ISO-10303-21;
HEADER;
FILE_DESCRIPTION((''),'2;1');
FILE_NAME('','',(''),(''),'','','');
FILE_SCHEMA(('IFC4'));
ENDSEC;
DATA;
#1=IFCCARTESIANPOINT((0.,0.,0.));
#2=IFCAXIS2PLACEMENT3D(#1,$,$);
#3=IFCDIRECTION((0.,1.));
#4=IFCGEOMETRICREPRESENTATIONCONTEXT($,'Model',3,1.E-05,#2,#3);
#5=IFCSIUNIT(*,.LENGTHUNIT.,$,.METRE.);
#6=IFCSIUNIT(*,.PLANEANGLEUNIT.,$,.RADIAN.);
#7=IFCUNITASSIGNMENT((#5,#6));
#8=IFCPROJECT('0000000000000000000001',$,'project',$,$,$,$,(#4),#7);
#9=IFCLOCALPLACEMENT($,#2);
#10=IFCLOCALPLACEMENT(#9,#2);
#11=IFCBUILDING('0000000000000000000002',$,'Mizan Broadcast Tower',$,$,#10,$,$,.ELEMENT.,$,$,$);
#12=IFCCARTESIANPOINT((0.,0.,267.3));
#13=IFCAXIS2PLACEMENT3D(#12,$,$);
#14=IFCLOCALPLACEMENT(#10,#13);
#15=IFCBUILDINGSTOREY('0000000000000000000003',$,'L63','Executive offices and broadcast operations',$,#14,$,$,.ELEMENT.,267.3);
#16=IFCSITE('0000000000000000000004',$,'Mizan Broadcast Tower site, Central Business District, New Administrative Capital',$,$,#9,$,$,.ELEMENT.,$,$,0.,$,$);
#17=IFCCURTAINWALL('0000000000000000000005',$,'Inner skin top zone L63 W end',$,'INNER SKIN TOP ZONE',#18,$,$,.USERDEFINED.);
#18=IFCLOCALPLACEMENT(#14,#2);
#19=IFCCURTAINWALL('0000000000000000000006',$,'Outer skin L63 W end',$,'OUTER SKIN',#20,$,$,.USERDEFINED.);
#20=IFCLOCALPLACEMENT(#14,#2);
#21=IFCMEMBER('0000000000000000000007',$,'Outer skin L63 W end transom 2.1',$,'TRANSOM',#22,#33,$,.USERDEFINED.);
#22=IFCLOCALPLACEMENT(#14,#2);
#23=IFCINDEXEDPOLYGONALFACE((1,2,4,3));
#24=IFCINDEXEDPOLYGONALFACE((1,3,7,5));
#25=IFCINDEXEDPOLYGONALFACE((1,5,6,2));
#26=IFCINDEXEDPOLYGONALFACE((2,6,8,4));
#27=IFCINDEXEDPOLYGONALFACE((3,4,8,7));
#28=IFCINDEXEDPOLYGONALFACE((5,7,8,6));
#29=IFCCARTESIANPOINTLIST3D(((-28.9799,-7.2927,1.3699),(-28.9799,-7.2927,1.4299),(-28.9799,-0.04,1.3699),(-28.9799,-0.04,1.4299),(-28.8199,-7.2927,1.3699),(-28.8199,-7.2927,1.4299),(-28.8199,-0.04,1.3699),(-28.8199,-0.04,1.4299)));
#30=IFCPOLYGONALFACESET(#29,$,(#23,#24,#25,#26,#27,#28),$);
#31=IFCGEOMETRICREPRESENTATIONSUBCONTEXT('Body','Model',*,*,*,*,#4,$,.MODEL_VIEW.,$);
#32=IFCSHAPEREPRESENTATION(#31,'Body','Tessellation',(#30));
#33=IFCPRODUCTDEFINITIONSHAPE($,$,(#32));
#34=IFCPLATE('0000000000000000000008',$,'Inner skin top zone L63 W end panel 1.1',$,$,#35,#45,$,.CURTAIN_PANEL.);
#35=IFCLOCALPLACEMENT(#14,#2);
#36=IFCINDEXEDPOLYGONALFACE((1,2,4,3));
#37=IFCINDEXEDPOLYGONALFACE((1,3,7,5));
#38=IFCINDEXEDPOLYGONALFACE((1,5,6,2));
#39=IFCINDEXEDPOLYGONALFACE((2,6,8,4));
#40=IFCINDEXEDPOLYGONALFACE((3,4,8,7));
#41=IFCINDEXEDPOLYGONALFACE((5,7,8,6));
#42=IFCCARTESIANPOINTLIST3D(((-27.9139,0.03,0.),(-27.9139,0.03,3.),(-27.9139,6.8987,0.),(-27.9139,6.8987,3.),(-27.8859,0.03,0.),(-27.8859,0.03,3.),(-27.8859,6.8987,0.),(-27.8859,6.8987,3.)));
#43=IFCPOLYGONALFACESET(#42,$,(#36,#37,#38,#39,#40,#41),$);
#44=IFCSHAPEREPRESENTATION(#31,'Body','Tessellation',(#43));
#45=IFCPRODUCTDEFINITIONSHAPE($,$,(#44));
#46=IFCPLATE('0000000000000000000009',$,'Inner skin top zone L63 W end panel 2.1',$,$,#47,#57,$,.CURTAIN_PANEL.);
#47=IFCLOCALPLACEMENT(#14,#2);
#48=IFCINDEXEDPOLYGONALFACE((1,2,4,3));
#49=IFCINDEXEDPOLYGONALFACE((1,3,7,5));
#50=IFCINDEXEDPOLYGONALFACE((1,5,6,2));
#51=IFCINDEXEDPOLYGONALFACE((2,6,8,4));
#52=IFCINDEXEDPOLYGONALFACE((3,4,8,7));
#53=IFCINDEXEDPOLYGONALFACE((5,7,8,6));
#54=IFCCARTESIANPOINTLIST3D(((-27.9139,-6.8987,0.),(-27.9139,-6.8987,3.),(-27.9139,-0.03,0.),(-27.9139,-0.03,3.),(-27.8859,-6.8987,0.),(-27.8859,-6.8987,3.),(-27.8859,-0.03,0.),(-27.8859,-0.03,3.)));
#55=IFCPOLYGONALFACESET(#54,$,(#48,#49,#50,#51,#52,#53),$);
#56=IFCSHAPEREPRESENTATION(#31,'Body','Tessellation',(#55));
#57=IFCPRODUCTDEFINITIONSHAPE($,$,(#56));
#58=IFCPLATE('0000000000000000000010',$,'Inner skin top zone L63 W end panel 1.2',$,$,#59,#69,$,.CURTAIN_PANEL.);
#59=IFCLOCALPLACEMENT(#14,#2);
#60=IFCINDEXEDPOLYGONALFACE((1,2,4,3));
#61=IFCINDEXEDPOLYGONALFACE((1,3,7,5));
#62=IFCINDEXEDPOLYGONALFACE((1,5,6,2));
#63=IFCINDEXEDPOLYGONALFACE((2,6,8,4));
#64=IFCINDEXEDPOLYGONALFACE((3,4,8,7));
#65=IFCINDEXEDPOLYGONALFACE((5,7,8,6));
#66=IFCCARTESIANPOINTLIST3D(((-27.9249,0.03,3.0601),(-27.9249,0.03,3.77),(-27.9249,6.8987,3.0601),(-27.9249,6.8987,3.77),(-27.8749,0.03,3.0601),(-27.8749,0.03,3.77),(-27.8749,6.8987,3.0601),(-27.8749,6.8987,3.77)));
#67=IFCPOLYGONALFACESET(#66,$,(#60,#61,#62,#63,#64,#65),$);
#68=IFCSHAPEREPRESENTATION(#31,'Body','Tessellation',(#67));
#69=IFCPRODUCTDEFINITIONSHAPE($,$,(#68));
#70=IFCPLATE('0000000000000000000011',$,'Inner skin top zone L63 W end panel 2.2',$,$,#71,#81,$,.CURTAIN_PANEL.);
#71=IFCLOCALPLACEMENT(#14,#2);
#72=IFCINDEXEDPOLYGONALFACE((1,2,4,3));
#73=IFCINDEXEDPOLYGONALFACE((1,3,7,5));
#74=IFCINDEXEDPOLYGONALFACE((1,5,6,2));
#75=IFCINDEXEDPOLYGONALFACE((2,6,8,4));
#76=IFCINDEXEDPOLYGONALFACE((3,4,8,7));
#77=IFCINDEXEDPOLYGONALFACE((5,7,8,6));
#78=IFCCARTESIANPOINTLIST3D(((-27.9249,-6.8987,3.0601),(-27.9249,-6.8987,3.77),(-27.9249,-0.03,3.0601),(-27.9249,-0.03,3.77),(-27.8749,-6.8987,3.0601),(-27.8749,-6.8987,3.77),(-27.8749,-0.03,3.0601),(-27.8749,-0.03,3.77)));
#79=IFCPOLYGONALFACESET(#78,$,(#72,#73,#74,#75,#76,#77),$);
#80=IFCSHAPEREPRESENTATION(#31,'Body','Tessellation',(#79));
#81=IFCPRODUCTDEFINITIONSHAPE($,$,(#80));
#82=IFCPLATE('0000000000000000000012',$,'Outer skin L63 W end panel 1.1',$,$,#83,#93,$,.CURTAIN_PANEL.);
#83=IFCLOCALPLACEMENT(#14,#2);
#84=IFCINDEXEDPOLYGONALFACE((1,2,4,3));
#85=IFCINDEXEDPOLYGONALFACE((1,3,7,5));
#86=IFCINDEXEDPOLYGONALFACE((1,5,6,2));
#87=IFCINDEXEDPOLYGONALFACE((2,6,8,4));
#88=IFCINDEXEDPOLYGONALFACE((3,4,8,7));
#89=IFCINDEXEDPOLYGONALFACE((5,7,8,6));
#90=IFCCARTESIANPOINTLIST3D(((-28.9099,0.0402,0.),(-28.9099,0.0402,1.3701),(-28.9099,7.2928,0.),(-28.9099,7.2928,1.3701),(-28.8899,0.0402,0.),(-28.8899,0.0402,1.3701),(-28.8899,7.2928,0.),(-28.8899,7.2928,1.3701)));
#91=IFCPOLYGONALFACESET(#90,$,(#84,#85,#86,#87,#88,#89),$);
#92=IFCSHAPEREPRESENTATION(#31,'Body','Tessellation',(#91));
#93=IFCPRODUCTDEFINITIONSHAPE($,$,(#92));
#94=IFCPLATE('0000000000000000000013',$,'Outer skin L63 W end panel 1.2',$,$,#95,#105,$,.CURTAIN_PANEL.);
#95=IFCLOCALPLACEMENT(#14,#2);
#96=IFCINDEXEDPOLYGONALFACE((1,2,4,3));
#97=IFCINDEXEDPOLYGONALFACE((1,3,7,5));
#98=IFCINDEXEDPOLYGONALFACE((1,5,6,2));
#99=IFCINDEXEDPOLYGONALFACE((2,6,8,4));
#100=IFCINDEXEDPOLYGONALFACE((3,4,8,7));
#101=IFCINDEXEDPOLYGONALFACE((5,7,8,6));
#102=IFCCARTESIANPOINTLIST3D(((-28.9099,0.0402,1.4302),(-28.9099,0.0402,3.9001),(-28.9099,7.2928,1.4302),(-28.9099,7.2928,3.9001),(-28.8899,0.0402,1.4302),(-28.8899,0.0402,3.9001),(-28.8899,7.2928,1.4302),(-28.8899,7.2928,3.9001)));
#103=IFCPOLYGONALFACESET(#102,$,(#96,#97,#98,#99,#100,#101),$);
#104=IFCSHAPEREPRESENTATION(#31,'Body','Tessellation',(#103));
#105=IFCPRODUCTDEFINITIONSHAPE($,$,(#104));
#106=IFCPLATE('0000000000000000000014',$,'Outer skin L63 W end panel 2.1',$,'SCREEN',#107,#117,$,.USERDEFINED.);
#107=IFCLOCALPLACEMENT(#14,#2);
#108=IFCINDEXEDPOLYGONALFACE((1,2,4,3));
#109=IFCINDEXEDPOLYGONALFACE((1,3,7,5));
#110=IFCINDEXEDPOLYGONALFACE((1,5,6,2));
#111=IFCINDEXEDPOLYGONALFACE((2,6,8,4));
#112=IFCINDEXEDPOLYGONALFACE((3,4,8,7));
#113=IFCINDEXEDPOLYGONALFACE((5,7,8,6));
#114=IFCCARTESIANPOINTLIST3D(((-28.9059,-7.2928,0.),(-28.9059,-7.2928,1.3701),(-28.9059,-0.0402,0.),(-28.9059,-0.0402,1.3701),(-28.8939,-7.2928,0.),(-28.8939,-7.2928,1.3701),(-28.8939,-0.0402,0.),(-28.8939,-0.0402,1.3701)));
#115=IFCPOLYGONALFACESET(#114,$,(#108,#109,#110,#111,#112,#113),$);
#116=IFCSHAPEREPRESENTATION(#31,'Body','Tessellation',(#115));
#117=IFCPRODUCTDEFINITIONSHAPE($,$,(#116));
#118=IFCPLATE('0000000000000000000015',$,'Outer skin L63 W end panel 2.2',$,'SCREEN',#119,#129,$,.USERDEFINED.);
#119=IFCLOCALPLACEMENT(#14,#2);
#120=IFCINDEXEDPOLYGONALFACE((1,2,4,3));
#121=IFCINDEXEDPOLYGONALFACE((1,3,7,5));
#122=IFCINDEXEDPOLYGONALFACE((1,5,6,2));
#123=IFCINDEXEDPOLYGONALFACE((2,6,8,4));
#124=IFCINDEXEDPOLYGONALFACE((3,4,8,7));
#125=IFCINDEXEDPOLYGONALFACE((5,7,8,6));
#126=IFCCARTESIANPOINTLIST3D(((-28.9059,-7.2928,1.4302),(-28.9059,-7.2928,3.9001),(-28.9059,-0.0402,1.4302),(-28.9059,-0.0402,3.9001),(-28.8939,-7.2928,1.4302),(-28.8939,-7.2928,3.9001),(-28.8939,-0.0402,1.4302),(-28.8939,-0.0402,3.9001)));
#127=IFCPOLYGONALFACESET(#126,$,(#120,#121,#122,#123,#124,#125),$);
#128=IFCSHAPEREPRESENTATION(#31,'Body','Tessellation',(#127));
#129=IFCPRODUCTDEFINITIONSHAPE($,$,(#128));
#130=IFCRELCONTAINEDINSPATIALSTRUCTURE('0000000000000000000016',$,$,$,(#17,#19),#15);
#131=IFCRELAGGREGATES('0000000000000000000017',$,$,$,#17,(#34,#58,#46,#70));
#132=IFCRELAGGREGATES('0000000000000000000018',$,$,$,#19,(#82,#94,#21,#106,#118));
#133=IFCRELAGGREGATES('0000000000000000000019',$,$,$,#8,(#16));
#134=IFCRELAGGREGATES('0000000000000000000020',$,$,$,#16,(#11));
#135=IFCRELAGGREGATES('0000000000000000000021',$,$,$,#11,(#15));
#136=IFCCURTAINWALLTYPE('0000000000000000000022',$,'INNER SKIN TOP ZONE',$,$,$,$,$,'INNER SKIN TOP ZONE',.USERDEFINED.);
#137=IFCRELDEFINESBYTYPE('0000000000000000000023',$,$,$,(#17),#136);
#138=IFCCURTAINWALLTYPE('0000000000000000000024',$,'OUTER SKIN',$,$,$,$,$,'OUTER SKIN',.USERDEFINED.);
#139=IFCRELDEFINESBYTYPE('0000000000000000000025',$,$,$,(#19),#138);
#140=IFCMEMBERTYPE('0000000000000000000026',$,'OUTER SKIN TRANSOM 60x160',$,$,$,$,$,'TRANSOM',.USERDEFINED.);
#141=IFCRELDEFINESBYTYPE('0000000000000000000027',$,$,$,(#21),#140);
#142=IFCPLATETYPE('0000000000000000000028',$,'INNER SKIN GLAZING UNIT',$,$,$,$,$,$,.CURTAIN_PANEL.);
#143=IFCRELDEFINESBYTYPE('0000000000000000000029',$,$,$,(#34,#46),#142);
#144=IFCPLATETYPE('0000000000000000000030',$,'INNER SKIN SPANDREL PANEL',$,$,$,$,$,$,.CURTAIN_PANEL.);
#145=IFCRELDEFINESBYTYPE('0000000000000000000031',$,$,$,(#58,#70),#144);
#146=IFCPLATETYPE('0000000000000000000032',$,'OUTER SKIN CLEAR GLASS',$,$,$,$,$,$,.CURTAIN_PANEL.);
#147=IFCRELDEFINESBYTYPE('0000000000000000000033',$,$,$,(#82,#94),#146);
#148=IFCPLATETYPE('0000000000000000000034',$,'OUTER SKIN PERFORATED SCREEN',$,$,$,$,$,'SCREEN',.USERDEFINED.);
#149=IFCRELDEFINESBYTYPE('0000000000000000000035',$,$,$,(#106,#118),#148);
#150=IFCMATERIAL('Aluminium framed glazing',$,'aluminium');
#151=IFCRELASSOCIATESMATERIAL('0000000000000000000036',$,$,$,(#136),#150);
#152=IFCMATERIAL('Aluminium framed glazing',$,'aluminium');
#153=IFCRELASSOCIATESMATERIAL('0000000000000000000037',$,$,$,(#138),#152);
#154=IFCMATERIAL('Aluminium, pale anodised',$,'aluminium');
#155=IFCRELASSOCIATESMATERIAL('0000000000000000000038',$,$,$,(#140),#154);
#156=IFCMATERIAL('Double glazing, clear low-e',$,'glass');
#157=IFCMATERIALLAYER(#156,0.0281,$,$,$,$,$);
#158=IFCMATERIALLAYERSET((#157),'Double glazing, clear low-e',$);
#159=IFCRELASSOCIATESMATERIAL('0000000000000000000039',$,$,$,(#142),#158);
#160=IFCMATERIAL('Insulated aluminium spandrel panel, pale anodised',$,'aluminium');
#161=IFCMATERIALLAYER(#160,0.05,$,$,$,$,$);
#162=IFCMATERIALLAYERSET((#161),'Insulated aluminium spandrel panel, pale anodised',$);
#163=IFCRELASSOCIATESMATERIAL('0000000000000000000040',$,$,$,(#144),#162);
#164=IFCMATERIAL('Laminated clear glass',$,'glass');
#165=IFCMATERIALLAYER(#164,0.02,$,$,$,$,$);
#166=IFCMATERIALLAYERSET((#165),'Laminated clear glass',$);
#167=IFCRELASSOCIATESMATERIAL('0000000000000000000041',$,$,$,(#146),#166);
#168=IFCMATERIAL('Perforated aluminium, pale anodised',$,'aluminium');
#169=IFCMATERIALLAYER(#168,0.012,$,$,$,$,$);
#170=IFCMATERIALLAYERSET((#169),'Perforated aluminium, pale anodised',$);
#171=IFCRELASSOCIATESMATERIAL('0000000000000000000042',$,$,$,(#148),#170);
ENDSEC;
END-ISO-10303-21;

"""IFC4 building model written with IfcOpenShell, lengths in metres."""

from ifc_helpers import new_model, si_unit, direction, frame, origin, origin_2d, place, context, subcontext, project, spatial, rectangle, extrude, material, layer, layer_set, material_profile, profile_set, type_object, element, aggregate, save


model = new_model("IFC4")

# Units and contexts
model_context = context("Model", 3, precision=1e-05, world=origin(), true_north=direction((0.0, 1.0)))
body_context = subcontext(model_context, "Body", "Model", "MODEL_VIEW")
ifc_project = project(units=[si_unit("LENGTHUNIT", "METRE"), si_unit("PLANEANGLEUNIT", "RADIAN")], contexts=[model_context])

# Site, building, storey
site_placement = place(None, origin())
site = spatial("IfcSite", under=ifc_project, at=site_placement, Name="Mizan Broadcast Tower site, Central Business District, New Administrative Capital", CompositionType="ELEMENT", RefElevation=0.0)
building_placement = place(site_placement, origin())
building = spatial("IfcBuilding", under=site, at=building_placement, Name="Mizan Broadcast Tower", CompositionType="ELEMENT")
storey_placement = place(building_placement, frame((0.0, 0.0, 267.3)))
storey = spatial("IfcBuildingStorey", under=building, at=storey_placement, Name="L63", Description="Executive offices and broadcast operations", CompositionType="ELEMENT", Elevation=267.3)

# Shared definitions
ifc_material_1 = material(Name="Aluminium framed glazing", Category="aluminium")
curtain_wall_type_1 = type_object("IfcCurtainWallType", Name="INNER SKIN TOP ZONE", ElementType="INNER SKIN TOP ZONE", PredefinedType="USERDEFINED", material=ifc_material_1)

# Curtain wall
curtain_wall_1_placement = place(storey_placement, origin())
curtain_wall_1 = element("IfcCurtainWall", 1, at=curtain_wall_1_placement, inside=storey, type_object=curtain_wall_type_1, Name="Inner skin top zone L63 W end", ObjectType="INNER SKIN TOP ZONE", PredefinedType="USERDEFINED")

# Shared definitions
ifc_material_2 = material(Name="Aluminium framed glazing", Category="aluminium")
curtain_wall_type_2 = type_object("IfcCurtainWallType", Name="OUTER SKIN", ElementType="OUTER SKIN", PredefinedType="USERDEFINED", material=ifc_material_2)

# Curtain wall, member
curtain_wall_2_placement = place(storey_placement, origin())
curtain_wall_2 = element("IfcCurtainWall", 2, at=curtain_wall_2_placement, inside=storey, type_object=curtain_wall_type_2, Name="Outer skin L63 W end", ObjectType="OUTER SKIN", PredefinedType="USERDEFINED")
ifc_material_3 = material(Name="Aluminium, pale anodised", Category="aluminium")
ifc_material_profile_1 = material_profile(ifc_material_3, rectangle(XDim=0.1599, YDim=0.0601, at=origin_2d()), Name="TRANSOM 160x60")
ifc_profile_set_1 = profile_set([ifc_material_profile_1], Name="Aluminium, pale anodised")
member_type_1 = type_object("IfcMemberType", Name="OUTER SKIN TRANSOM 60x160", ElementType="TRANSOM", PredefinedType="USERDEFINED", material=ifc_profile_set_1)
member_1_placement = place(storey_placement, frame((-28.8999, -0.04, 1.3999), z_axis=(0.0, -1.0, 0.0), x_axis=(1.0, 0.0, 0.0)))
member_1 = element("IfcMember", 3, at=member_1_placement, type_object=member_type_1, Name="Outer skin L63 W end transom 2.1", ObjectType="TRANSOM", PredefinedType="USERDEFINED", context=body_context, shape_type="SweptSolid", body=[
    extrude(rectangle(XDim=0.1599, YDim=0.0601, at=origin_2d()), origin(), (0.0, 0.0, 1.0), 7.2527),
])

# Plates
ifc_material_4 = material(Name="Double glazing, clear low-e", Category="glass")
ifc_layer_1 = layer(ifc_material_4, 0.0281)
ifc_layer_set_1 = layer_set([ifc_layer_1], Name="Double glazing, clear low-e")
plate_type_1 = type_object("IfcPlateType", Name="INNER SKIN GLAZING UNIT", PredefinedType="CURTAIN_PANEL", material=ifc_layer_set_1)
plate_1_placement = place(storey_placement, frame((-27.8999, 3.4644, 0.0), z_axis=(0.0, 0.0, 1.0), x_axis=(0.0, -1.0, 0.0)))
plate_1 = element("IfcPlate", 4, at=plate_1_placement, type_object=plate_type_1, Name="Inner skin top zone L63 W end panel 1.1", PredefinedType="CURTAIN_PANEL", context=body_context, shape_type="SweptSolid", body=[
    extrude(rectangle(XDim=6.8687, YDim=0.0281, at=origin_2d()), origin(), (0.0, 0.0, 1.0), 3.0),
])
plate_2_placement = place(storey_placement, frame((-27.8999, -3.4644, 0.0), z_axis=(0.0, 0.0, 1.0), x_axis=(0.0, -1.0, 0.0)))
plate_2 = element("IfcPlate", 5, at=plate_2_placement, type_object=plate_type_1, Name="Inner skin top zone L63 W end panel 2.1", PredefinedType="CURTAIN_PANEL", context=body_context, shape_type="SweptSolid", body=[
    extrude(rectangle(XDim=6.8687, YDim=0.0281, at=origin_2d()), origin(), (0.0, 0.0, 1.0), 3.0),
])
ifc_material_5 = material(Name="Insulated aluminium spandrel panel, pale anodised", Category="aluminium")
ifc_layer_2 = layer(ifc_material_5, 0.05)
ifc_layer_set_2 = layer_set([ifc_layer_2], Name="Insulated aluminium spandrel panel, pale anodised")
plate_type_2 = type_object("IfcPlateType", Name="INNER SKIN SPANDREL PANEL", PredefinedType="CURTAIN_PANEL", material=ifc_layer_set_2)
plate_3_placement = place(storey_placement, frame((-27.8999, 3.4644, 3.0601), z_axis=(0.0, 0.0, 1.0), x_axis=(0.0, -1.0, 0.0)))
plate_3 = element("IfcPlate", 6, at=plate_3_placement, type_object=plate_type_2, Name="Inner skin top zone L63 W end panel 1.2", PredefinedType="CURTAIN_PANEL", context=body_context, shape_type="SweptSolid", body=[
    extrude(rectangle(XDim=6.8687, YDim=0.05, at=origin_2d()), origin(), (0.0, 0.0, 1.0), 0.71),
])
plate_4_placement = place(storey_placement, frame((-27.8999, -3.4644, 3.0601), z_axis=(0.0, 0.0, 1.0), x_axis=(0.0, -1.0, 0.0)))
plate_4 = element("IfcPlate", 7, at=plate_4_placement, type_object=plate_type_2, Name="Inner skin top zone L63 W end panel 2.2", PredefinedType="CURTAIN_PANEL", context=body_context, shape_type="SweptSolid", body=[
    extrude(rectangle(XDim=6.8687, YDim=0.05, at=origin_2d()), origin(), (0.0, 0.0, 1.0), 0.71),
])
aggregate(curtain_wall_1, [plate_1, plate_3, plate_2, plate_4])
ifc_material_6 = material(Name="Laminated clear glass", Category="glass")
ifc_layer_3 = layer(ifc_material_6, 0.02)
ifc_layer_set_3 = layer_set([ifc_layer_3], Name="Laminated clear glass")
plate_type_3 = type_object("IfcPlateType", Name="OUTER SKIN CLEAR GLASS", PredefinedType="CURTAIN_PANEL", material=ifc_layer_set_3)
plate_5_placement = place(storey_placement, frame((-28.8999, 3.6665, 0.0), z_axis=(0.0, 0.0, 1.0), x_axis=(0.0, -1.0, 0.0)))
plate_5 = element("IfcPlate", 8, at=plate_5_placement, type_object=plate_type_3, Name="Outer skin L63 W end panel 1.1", PredefinedType="CURTAIN_PANEL", context=body_context, shape_type="SweptSolid", body=[
    extrude(rectangle(XDim=7.2527, YDim=0.02, at=origin_2d()), origin(), (0.0, 0.0, 1.0), 1.3701),
])
plate_6_placement = place(storey_placement, frame((-28.8999, 3.6665, 1.4302), z_axis=(0.0, 0.0, 1.0), x_axis=(0.0, -1.0, 0.0)))
plate_6 = element("IfcPlate", 9, at=plate_6_placement, type_object=plate_type_3, Name="Outer skin L63 W end panel 1.2", PredefinedType="CURTAIN_PANEL", context=body_context, shape_type="SweptSolid", body=[
    extrude(rectangle(XDim=7.2527, YDim=0.02, at=origin_2d()), origin(), (0.0, 0.0, 1.0), 2.47),
])
ifc_material_7 = material(Name="Perforated aluminium, pale anodised", Category="aluminium")
ifc_layer_4 = layer(ifc_material_7, 0.012)
ifc_layer_set_4 = layer_set([ifc_layer_4], Name="Perforated aluminium, pale anodised")
plate_type_4 = type_object("IfcPlateType", Name="OUTER SKIN PERFORATED SCREEN", ElementType="SCREEN", PredefinedType="USERDEFINED", material=ifc_layer_set_4)
plate_7_placement = place(storey_placement, frame((-28.8999, -3.6665, 0.0), z_axis=(0.0, 0.0, 1.0), x_axis=(0.0, -1.0, 0.0)))
plate_7 = element("IfcPlate", 10, at=plate_7_placement, type_object=plate_type_4, Name="Outer skin L63 W end panel 2.1", ObjectType="SCREEN", PredefinedType="USERDEFINED", context=body_context, shape_type="SweptSolid", body=[
    extrude(rectangle(XDim=7.2527, YDim=0.012, at=origin_2d()), origin(), (0.0, 0.0, 1.0), 1.3701),
])
plate_8_placement = place(storey_placement, frame((-28.8999, -3.6665, 1.4302), z_axis=(0.0, 0.0, 1.0), x_axis=(0.0, -1.0, 0.0)))
plate_8 = element("IfcPlate", 11, at=plate_8_placement, type_object=plate_type_4, Name="Outer skin L63 W end panel 2.2", ObjectType="SCREEN", PredefinedType="USERDEFINED", context=body_context, shape_type="SweptSolid", body=[
    extrude(rectangle(XDim=7.2527, YDim=0.012, at=origin_2d()), origin(), (0.0, 0.0, 1.0), 2.47),
])
aggregate(curtain_wall_2, [plate_5, plate_6, member_1, plate_7, plate_8])

save(model, "model.ifc")
